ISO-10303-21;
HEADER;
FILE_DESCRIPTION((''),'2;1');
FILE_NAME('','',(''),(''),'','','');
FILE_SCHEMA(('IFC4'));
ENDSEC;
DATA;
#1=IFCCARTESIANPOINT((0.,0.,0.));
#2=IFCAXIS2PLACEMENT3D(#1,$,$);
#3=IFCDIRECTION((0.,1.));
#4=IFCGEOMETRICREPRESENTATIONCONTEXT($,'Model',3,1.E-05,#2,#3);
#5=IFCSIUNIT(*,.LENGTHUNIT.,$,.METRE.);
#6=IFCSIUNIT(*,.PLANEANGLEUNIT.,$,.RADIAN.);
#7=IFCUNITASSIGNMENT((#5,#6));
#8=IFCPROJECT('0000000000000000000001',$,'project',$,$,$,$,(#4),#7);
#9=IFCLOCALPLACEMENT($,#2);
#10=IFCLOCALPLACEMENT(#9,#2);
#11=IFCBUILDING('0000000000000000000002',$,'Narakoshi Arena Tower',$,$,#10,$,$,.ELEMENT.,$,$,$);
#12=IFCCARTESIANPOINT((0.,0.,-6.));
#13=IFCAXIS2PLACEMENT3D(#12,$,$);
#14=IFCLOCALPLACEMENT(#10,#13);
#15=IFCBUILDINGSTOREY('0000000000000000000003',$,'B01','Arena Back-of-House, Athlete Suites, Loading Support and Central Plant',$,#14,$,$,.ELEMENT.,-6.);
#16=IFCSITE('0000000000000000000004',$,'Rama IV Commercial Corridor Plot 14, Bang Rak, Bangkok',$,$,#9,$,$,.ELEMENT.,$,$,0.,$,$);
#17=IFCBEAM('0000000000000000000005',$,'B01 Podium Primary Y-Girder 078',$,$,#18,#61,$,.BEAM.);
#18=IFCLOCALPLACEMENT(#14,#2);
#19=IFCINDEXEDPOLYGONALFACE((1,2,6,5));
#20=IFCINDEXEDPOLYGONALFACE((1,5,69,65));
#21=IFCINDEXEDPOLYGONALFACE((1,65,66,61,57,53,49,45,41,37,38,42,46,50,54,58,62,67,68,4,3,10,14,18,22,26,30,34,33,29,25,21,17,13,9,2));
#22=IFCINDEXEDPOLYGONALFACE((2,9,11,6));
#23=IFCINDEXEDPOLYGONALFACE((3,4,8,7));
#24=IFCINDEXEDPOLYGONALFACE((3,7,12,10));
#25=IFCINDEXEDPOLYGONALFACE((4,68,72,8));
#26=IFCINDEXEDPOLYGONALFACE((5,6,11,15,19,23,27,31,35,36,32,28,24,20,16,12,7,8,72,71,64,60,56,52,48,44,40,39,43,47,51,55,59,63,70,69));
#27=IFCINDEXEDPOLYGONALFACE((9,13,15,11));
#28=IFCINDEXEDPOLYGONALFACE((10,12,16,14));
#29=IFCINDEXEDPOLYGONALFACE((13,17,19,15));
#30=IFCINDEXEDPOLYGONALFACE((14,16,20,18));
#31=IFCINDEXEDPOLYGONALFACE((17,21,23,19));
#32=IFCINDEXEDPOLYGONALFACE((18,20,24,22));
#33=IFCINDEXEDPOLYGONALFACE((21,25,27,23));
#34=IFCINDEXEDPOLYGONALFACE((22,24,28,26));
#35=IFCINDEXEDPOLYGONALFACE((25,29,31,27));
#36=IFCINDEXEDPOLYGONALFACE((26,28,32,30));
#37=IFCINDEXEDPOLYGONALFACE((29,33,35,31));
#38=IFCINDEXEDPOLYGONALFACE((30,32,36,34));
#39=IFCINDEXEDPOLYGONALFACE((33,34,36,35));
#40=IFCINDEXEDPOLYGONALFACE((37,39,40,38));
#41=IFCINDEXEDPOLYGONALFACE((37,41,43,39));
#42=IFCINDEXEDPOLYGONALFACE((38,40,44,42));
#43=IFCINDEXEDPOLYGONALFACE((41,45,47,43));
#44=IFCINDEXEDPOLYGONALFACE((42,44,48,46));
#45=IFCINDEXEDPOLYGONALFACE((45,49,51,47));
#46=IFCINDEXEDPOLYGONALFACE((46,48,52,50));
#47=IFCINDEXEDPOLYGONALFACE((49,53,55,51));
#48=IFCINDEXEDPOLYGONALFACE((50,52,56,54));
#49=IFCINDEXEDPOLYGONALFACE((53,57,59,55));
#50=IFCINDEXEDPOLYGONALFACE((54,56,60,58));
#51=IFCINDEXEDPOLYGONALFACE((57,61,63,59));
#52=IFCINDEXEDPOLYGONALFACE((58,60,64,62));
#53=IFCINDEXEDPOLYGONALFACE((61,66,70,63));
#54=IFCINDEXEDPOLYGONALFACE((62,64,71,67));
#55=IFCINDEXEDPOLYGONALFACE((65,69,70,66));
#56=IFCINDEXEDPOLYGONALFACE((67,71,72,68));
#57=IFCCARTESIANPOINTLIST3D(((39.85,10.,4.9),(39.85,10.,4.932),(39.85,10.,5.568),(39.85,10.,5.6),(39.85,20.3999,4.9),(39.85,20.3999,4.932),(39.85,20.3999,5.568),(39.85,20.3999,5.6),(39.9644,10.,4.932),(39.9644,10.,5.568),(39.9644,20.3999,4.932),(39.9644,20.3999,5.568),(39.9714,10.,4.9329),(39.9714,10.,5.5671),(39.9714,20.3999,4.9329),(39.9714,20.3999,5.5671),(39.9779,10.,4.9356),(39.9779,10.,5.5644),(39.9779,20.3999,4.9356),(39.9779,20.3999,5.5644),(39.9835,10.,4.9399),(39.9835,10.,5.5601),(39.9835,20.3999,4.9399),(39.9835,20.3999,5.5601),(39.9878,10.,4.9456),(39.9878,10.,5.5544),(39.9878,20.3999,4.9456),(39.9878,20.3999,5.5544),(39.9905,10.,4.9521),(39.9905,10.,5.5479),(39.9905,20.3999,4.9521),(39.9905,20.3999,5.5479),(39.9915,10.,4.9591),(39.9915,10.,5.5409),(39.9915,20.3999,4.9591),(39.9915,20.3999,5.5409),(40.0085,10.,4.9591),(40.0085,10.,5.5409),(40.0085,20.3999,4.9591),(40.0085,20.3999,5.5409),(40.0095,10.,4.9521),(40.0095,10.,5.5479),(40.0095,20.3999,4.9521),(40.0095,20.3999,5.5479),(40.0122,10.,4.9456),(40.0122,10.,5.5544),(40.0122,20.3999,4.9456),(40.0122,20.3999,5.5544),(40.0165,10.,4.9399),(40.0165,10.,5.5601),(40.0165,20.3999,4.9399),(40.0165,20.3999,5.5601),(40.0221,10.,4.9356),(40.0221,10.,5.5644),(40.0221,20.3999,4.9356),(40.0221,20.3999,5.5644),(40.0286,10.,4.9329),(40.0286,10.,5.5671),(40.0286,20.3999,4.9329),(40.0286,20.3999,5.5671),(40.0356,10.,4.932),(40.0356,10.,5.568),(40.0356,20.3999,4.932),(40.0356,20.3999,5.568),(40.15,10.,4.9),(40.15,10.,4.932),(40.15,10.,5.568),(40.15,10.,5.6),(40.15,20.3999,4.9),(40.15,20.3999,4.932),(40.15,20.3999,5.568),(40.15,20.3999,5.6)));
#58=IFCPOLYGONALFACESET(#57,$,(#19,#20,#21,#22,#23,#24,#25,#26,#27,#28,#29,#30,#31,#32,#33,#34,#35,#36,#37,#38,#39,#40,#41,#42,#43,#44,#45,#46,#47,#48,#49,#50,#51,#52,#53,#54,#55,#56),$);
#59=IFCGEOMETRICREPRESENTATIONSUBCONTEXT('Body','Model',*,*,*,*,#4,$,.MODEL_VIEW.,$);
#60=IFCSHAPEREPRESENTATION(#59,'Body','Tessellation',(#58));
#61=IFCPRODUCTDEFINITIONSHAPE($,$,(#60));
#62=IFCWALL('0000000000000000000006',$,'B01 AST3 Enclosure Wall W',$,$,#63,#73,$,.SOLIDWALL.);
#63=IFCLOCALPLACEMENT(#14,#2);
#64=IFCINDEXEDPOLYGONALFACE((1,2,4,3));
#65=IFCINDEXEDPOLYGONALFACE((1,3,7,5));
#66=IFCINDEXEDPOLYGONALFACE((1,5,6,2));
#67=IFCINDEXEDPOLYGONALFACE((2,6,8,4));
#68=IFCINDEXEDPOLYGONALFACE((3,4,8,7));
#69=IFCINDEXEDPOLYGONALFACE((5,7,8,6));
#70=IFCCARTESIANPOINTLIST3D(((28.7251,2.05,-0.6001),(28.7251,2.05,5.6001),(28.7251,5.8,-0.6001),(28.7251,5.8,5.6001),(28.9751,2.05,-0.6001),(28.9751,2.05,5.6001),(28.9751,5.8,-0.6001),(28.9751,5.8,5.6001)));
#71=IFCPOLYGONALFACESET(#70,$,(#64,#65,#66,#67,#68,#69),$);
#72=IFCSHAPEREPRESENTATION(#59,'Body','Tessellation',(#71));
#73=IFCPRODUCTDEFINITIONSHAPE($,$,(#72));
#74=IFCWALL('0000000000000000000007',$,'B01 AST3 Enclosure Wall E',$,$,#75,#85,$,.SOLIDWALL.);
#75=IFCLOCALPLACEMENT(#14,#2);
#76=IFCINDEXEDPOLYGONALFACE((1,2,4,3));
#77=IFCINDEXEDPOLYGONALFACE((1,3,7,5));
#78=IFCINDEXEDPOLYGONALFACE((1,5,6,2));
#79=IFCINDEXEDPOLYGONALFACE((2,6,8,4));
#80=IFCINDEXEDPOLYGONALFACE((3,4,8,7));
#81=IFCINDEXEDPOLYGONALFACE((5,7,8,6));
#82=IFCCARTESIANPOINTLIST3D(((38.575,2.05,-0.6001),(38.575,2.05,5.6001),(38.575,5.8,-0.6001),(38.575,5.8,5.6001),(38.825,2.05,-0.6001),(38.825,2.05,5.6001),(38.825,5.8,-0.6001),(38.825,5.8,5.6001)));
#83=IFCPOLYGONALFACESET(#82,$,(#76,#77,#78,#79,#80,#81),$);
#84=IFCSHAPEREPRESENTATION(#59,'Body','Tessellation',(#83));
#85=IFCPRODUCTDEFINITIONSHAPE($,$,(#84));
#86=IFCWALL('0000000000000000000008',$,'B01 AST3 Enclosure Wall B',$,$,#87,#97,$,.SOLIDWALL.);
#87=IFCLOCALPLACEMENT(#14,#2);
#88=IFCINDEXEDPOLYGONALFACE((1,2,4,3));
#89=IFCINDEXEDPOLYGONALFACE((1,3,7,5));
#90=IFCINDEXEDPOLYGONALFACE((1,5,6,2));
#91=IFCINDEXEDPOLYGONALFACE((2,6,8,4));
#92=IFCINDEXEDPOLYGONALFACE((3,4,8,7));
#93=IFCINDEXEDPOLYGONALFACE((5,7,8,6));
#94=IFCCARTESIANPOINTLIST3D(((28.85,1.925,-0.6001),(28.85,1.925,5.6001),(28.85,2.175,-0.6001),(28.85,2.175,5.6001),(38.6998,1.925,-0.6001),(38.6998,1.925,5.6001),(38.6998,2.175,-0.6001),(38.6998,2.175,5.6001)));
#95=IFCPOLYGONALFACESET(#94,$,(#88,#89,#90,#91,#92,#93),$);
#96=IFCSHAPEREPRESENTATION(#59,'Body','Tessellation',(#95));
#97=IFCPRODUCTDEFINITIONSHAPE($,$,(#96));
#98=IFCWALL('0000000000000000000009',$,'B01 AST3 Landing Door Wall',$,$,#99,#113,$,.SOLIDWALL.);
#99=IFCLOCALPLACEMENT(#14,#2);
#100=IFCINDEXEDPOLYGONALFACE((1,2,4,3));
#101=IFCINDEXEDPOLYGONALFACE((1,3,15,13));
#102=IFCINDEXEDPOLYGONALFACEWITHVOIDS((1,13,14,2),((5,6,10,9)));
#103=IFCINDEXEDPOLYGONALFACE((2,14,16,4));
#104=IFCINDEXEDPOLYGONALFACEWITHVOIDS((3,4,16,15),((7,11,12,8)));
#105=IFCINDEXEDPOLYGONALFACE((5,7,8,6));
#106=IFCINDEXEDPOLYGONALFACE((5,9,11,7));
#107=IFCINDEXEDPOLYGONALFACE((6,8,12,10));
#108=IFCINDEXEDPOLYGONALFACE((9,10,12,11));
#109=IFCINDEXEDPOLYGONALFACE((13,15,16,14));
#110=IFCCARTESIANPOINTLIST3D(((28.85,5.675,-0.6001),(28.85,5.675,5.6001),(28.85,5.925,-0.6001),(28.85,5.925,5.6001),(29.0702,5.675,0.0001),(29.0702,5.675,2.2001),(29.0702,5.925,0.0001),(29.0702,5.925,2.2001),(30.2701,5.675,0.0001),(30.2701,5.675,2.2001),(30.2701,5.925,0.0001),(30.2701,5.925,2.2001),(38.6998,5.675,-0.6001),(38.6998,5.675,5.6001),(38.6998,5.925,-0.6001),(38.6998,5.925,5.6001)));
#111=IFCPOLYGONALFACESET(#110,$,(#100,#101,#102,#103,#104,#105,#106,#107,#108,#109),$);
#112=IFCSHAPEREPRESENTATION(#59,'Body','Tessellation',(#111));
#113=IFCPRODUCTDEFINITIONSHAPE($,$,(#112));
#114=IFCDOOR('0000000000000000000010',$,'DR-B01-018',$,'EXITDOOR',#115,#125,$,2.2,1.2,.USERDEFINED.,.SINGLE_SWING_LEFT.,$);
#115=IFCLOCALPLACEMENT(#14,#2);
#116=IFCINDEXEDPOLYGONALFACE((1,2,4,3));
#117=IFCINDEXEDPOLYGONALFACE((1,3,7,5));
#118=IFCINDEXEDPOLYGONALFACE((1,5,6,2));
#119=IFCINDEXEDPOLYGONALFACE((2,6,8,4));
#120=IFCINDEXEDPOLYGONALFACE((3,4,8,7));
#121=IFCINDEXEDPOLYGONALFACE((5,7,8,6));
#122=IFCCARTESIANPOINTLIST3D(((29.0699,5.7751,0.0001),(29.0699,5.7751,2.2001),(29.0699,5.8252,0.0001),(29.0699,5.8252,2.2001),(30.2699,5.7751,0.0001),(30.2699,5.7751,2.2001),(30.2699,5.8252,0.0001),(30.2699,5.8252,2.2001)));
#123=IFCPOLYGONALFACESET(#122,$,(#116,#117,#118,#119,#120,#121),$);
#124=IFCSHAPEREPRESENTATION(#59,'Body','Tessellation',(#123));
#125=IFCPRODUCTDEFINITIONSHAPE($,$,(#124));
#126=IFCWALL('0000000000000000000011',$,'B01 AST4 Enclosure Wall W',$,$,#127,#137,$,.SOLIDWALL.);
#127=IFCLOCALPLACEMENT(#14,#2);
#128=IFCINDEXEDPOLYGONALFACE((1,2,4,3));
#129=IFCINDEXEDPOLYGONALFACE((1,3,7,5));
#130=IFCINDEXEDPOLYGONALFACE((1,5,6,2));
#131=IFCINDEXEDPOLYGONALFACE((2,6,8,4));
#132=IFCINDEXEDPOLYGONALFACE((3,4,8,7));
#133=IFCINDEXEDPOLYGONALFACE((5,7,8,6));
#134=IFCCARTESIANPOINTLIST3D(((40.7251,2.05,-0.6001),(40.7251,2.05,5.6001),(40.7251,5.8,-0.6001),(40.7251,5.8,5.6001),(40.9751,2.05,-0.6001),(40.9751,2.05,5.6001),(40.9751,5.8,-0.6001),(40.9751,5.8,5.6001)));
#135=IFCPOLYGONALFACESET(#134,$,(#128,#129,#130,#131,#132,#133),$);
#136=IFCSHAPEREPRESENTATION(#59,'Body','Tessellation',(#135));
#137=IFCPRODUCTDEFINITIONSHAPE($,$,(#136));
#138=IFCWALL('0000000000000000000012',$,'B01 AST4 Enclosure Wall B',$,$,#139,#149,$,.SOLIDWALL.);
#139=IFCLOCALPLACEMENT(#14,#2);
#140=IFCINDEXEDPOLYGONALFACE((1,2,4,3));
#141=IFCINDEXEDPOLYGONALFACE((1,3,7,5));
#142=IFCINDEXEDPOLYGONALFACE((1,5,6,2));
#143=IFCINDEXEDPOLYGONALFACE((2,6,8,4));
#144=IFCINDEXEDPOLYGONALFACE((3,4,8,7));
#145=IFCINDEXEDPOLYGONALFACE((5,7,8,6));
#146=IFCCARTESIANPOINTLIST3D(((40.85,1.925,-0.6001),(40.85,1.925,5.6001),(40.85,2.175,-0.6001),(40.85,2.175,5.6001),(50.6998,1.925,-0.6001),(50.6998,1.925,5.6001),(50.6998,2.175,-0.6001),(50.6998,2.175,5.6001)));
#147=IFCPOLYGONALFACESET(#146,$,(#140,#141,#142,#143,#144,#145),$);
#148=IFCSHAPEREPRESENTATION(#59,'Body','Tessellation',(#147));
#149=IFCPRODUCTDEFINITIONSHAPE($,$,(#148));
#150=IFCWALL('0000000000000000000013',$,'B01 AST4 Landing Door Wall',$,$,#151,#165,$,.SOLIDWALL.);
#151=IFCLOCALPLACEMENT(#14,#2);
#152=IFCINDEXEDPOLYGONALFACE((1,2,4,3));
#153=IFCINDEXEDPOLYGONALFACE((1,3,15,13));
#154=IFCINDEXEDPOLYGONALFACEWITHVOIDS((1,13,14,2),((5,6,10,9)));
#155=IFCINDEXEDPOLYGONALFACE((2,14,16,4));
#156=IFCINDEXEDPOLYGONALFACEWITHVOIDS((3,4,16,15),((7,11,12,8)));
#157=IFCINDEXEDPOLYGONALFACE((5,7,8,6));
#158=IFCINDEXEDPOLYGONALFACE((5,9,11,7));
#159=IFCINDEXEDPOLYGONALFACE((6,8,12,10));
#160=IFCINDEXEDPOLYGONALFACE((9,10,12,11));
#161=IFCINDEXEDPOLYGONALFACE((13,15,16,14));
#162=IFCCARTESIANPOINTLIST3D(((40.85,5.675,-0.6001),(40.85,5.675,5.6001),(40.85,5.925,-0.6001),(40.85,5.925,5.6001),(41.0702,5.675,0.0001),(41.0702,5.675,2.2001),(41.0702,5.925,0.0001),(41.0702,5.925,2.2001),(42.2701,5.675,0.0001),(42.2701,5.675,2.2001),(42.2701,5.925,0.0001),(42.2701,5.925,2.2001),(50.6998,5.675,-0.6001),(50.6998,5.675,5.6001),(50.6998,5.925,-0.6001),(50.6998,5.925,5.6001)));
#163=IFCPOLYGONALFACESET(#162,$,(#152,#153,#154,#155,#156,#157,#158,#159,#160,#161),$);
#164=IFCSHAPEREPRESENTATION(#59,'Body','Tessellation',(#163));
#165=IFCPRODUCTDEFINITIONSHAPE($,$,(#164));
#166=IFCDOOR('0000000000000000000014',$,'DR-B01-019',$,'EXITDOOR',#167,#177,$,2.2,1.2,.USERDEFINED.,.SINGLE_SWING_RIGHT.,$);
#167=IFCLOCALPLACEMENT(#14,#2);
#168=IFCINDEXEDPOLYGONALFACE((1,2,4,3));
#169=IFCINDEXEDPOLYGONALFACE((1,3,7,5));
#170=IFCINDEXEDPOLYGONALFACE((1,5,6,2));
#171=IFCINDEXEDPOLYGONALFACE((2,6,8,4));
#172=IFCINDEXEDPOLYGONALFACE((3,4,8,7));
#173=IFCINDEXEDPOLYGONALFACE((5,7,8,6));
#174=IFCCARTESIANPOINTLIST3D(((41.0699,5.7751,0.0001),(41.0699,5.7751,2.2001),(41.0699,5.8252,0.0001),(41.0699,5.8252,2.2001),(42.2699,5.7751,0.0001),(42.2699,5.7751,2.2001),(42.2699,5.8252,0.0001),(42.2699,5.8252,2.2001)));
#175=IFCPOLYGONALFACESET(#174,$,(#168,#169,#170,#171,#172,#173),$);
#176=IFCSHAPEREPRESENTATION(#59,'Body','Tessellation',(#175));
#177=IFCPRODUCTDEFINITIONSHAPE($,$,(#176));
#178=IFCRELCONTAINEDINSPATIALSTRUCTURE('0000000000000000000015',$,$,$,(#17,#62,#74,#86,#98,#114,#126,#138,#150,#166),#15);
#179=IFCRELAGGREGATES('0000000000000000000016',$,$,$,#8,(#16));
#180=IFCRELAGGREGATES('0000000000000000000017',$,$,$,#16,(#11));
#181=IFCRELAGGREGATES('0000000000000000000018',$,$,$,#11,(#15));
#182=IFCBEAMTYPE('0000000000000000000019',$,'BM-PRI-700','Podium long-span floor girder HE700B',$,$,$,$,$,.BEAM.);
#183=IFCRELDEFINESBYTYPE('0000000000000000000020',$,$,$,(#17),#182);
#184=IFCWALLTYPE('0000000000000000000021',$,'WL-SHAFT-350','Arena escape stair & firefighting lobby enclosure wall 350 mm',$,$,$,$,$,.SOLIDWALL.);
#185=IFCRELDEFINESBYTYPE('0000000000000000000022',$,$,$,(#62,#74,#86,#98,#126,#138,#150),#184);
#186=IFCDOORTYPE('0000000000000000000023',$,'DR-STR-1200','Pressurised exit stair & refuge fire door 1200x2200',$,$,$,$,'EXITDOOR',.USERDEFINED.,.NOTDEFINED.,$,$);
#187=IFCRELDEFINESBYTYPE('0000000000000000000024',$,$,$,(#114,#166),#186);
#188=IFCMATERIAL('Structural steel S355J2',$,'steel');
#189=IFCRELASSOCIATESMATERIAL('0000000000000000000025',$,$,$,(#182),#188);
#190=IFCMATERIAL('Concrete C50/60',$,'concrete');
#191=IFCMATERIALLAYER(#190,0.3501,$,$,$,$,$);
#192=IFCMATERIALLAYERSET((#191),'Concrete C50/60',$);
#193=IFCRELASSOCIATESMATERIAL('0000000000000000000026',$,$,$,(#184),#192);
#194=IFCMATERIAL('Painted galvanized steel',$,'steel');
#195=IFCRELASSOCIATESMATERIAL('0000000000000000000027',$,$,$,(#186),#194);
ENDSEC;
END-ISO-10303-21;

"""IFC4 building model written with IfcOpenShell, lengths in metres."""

from ifc_helpers import new_model, si_unit, direction, frame, frame_2d, origin, origin_2d, place, context, subcontext, project, spatial, rectangle, i_section, extrude, material, layer, layer_set, material_profile, profile_set, type_object, element, fill, save


model = new_model("IFC4")

# Units and contexts
model_context = context("Model", 3, precision=1e-05, world=origin(), true_north=direction((0.0, 1.0)))
body_context = subcontext(model_context, "Body", "Model", "MODEL_VIEW")
ifc_project = project(units=[si_unit("LENGTHUNIT", "METRE"), si_unit("PLANEANGLEUNIT", "RADIAN")], contexts=[model_context])

# Site, building, storey
site_placement = place(None, origin())
site = spatial("IfcSite", under=ifc_project, at=site_placement, Name="Rama IV Commercial Corridor Plot 14, Bang Rak, Bangkok", CompositionType="ELEMENT", RefElevation=0.0)
building_placement = place(site_placement, origin())
building = spatial("IfcBuilding", under=site, at=building_placement, Name="Narakoshi Arena Tower", CompositionType="ELEMENT")
storey_placement = place(building_placement, frame((0.0, 0.0, -6.0)))
storey = spatial("IfcBuildingStorey", under=building, at=storey_placement, Name="B01", Description="Arena Back-of-House, Athlete Suites, Loading Support and Central Plant", CompositionType="ELEMENT", Elevation=-6.0)

# Beam
ifc_material_1 = material(Name="Structural steel S355J2", Category="steel")
ifc_material_profile_1 = material_profile(ifc_material_1, i_section(OverallWidth=0.3, OverallDepth=0.7, WebThickness=0.0171, FlangeThickness=0.032, FilletRadius=0.0271, at=origin_2d()), Name="HE700B")
ifc_profile_set_1 = profile_set([ifc_material_profile_1], Name="Structural steel S355J2")
beam_type = type_object("IfcBeamType", Name="BM-PRI-700", Description="Podium long-span floor girder HE700B", PredefinedType="BEAM", material=ifc_profile_set_1)
beam_1_placement = place(storey_placement, frame((40.0, 10.0, 5.25), z_axis=(0.0, 1.0, 0.0), x_axis=(-1.0, 0.0, 0.0)))
element("IfcBeam", 1, at=beam_1_placement, inside=storey, type_object=beam_type, Name="B01 Podium Primary Y-Girder 078", PredefinedType="BEAM", context=body_context, shape_type="SweptSolid", body=[
    extrude(i_section(OverallWidth=0.3, OverallDepth=0.7, WebThickness=0.0171, FlangeThickness=0.032, FilletRadius=0.0271, at=origin_2d()), origin(), (0.0, 0.0, 1.0), 10.3999),
])

# Walls
ifc_material_2 = material(Name="Concrete C50/60", Category="concrete")
ifc_layer = layer(ifc_material_2, 0.3501)
ifc_layer_set = layer_set([ifc_layer], Name="Concrete C50/60")
wall_type = type_object("IfcWallType", Name="WL-SHAFT-350", Description="Arena escape stair & firefighting lobby enclosure wall 350 mm", PredefinedType="SOLIDWALL", material=ifc_layer_set)
for number, where, z_axis, x_axis, name in (
    (2, (28.8501, 2.05, -0.6001), (0.0, 0.0, 1.0), (0.0, 1.0, 0.0), "B01 AST3 Enclosure Wall W"),
    (3, (38.7, 2.05, -0.6001), (0.0, 0.0, 1.0), (0.0, 1.0, 0.0), "B01 AST3 Enclosure Wall E"),
):
    element("IfcWall", number, at=place(storey_placement, frame(where, z_axis=z_axis, x_axis=x_axis)), inside=storey, type_object=wall_type, Name=name, PredefinedType="SOLIDWALL", context=body_context, shape_type="SweptSolid", body=[
        extrude(rectangle(XDim=3.75, YDim=0.25, at=frame_2d((1.875, 0.0))), origin(), (0.0, 0.0, 1.0), 6.2002),
    ])
wall_1_placement = place(storey_placement, frame((28.8501, 2.05, -0.6001), z_axis=(0.0, 0.0, 1.0), x_axis=(1.0, 0.0, 0.0)))
element("IfcWall", 4, at=wall_1_placement, inside=storey, type_object=wall_type, Name="B01 AST3 Enclosure Wall B", PredefinedType="SOLIDWALL", context=body_context, shape_type="SweptSolid", body=[
    extrude(rectangle(XDim=9.8499, YDim=0.25, at=frame_2d((4.9248, 0.0))), origin(), (0.0, 0.0, 1.0), 6.2002),
])

# Wall, opening, door
wall_2_placement = place(storey_placement, frame((28.8501, 5.8, -0.6001), z_axis=(0.0, 0.0, 1.0), x_axis=(1.0, 0.0, 0.0)))
wall_2 = element("IfcWall", 5, at=wall_2_placement, inside=storey, type_object=wall_type, Name="B01 AST3 Landing Door Wall", PredefinedType="SOLIDWALL", context=body_context, shape_type="SweptSolid", body=[
    extrude(rectangle(XDim=9.8499, YDim=0.25, at=frame_2d((4.9248, 0.0))), origin(), (0.0, 0.0, 1.0), 6.2002),
])
opening_1_placement = place(wall_2_placement, frame((0.22, 0.0, 0.6001)))
opening_1 = element("IfcOpeningElement", 6, at=opening_1_placement, cuts=wall_2, PredefinedType="OPENING", context=body_context, shape_type="SweptSolid", body=[
    extrude(rectangle(XDim=1.2, YDim=2.2, at=frame_2d((0.6001, 1.1001))), frame((0.0, 0.135, 0.0), z_axis=(0.0, -1.0, 0.0), x_axis=(1.0, 0.0, 0.0)), (0.0, 0.0, 1.0), 0.27),
])
ifc_material_3 = material(Name="Painted galvanized steel", Category="steel")
door_type = type_object("IfcDoorType", Name="DR-STR-1200", Description="Pressurised exit stair & refuge fire door 1200x2200", ElementType="EXITDOOR", OperationType="NOTDEFINED", PredefinedType="USERDEFINED", material=ifc_material_3)
door_1_placement = place(opening_1_placement, frame((1.2, 0.0, 0.0), z_axis=(0.0, 0.0, 1.0), x_axis=(-1.0, 0.0, 0.0)))
door_1 = element("IfcDoor", 7, at=door_1_placement, inside=storey, type_object=door_type, Name="DR-B01-018", ObjectType="EXITDOOR", OperationType="SINGLE_SWING_LEFT", OverallHeight=2.2, OverallWidth=1.2, PredefinedType="USERDEFINED", context=body_context, shape_type="SweptSolid", body=[
    extrude(rectangle(XDim=1.2, YDim=2.2, at=frame_2d((0.6001, 1.1001))), frame((0.0, 0.0249, 0.0), z_axis=(0.0, -1.0, 0.0), x_axis=(1.0, 0.0, 0.0)), (0.0, 0.0, 1.0), 0.05),
])
fill(opening_1, door_1)

# Walls
wall_3_placement = place(storey_placement, frame((40.8501, 2.05, -0.6001), z_axis=(0.0, 0.0, 1.0), x_axis=(0.0, 1.0, 0.0)))
element("IfcWall", 8, at=wall_3_placement, inside=storey, type_object=wall_type, Name="B01 AST4 Enclosure Wall W", PredefinedType="SOLIDWALL", context=body_context, shape_type="SweptSolid", body=[
    extrude(rectangle(XDim=3.75, YDim=0.25, at=frame_2d((1.875, 0.0))), origin(), (0.0, 0.0, 1.0), 6.2002),
])
wall_4_placement = place(storey_placement, frame((40.8501, 2.05, -0.6001), z_axis=(0.0, 0.0, 1.0), x_axis=(1.0, 0.0, 0.0)))
element("IfcWall", 9, at=wall_4_placement, inside=storey, type_object=wall_type, Name="B01 AST4 Enclosure Wall B", PredefinedType="SOLIDWALL", context=body_context, shape_type="SweptSolid", body=[
    extrude(rectangle(XDim=9.8499, YDim=0.25, at=frame_2d((4.9248, 0.0))), origin(), (0.0, 0.0, 1.0), 6.2002),
])

# Wall, opening, door
wall_5_placement = place(storey_placement, frame((40.8501, 5.8, -0.6001), z_axis=(0.0, 0.0, 1.0), x_axis=(1.0, 0.0, 0.0)))
wall_5 = element("IfcWall", 10, at=wall_5_placement, inside=storey, type_object=wall_type, Name="B01 AST4 Landing Door Wall", PredefinedType="SOLIDWALL", context=body_context, shape_type="SweptSolid", body=[
    extrude(rectangle(XDim=9.8499, YDim=0.25, at=frame_2d((4.9248, 0.0))), origin(), (0.0, 0.0, 1.0), 6.2002),
])
opening_2_placement = place(wall_5_placement, frame((0.22, 0.0, 0.6001)))
opening_2 = element("IfcOpeningElement", 11, at=opening_2_placement, cuts=wall_5, PredefinedType="OPENING", context=body_context, shape_type="SweptSolid", body=[
    extrude(rectangle(XDim=1.2, YDim=2.2, at=frame_2d((0.6001, 1.1001))), frame((0.0, 0.135, 0.0), z_axis=(0.0, -1.0, 0.0), x_axis=(1.0, 0.0, 0.0)), (0.0, 0.0, 1.0), 0.27),
])
door_2_placement = place(opening_2_placement, frame((1.2, 0.0, 0.0), z_axis=(0.0, 0.0, 1.0), x_axis=(-1.0, 0.0, 0.0)))
door_2 = element("IfcDoor", 12, at=door_2_placement, inside=storey, type_object=door_type, Name="DR-B01-019", ObjectType="EXITDOOR", OperationType="SINGLE_SWING_RIGHT", OverallHeight=2.2, OverallWidth=1.2, PredefinedType="USERDEFINED", context=body_context, shape_type="SweptSolid", body=[
    extrude(rectangle(XDim=1.2, YDim=2.2, at=frame_2d((0.6001, 1.1001))), frame((0.0, 0.0249, 0.0), z_axis=(0.0, -1.0, 0.0), x_axis=(1.0, 0.0, 0.0)), (0.0, 0.0, 1.0), 0.05),
])
fill(opening_2, door_2)

save(model, "model.ifc")
